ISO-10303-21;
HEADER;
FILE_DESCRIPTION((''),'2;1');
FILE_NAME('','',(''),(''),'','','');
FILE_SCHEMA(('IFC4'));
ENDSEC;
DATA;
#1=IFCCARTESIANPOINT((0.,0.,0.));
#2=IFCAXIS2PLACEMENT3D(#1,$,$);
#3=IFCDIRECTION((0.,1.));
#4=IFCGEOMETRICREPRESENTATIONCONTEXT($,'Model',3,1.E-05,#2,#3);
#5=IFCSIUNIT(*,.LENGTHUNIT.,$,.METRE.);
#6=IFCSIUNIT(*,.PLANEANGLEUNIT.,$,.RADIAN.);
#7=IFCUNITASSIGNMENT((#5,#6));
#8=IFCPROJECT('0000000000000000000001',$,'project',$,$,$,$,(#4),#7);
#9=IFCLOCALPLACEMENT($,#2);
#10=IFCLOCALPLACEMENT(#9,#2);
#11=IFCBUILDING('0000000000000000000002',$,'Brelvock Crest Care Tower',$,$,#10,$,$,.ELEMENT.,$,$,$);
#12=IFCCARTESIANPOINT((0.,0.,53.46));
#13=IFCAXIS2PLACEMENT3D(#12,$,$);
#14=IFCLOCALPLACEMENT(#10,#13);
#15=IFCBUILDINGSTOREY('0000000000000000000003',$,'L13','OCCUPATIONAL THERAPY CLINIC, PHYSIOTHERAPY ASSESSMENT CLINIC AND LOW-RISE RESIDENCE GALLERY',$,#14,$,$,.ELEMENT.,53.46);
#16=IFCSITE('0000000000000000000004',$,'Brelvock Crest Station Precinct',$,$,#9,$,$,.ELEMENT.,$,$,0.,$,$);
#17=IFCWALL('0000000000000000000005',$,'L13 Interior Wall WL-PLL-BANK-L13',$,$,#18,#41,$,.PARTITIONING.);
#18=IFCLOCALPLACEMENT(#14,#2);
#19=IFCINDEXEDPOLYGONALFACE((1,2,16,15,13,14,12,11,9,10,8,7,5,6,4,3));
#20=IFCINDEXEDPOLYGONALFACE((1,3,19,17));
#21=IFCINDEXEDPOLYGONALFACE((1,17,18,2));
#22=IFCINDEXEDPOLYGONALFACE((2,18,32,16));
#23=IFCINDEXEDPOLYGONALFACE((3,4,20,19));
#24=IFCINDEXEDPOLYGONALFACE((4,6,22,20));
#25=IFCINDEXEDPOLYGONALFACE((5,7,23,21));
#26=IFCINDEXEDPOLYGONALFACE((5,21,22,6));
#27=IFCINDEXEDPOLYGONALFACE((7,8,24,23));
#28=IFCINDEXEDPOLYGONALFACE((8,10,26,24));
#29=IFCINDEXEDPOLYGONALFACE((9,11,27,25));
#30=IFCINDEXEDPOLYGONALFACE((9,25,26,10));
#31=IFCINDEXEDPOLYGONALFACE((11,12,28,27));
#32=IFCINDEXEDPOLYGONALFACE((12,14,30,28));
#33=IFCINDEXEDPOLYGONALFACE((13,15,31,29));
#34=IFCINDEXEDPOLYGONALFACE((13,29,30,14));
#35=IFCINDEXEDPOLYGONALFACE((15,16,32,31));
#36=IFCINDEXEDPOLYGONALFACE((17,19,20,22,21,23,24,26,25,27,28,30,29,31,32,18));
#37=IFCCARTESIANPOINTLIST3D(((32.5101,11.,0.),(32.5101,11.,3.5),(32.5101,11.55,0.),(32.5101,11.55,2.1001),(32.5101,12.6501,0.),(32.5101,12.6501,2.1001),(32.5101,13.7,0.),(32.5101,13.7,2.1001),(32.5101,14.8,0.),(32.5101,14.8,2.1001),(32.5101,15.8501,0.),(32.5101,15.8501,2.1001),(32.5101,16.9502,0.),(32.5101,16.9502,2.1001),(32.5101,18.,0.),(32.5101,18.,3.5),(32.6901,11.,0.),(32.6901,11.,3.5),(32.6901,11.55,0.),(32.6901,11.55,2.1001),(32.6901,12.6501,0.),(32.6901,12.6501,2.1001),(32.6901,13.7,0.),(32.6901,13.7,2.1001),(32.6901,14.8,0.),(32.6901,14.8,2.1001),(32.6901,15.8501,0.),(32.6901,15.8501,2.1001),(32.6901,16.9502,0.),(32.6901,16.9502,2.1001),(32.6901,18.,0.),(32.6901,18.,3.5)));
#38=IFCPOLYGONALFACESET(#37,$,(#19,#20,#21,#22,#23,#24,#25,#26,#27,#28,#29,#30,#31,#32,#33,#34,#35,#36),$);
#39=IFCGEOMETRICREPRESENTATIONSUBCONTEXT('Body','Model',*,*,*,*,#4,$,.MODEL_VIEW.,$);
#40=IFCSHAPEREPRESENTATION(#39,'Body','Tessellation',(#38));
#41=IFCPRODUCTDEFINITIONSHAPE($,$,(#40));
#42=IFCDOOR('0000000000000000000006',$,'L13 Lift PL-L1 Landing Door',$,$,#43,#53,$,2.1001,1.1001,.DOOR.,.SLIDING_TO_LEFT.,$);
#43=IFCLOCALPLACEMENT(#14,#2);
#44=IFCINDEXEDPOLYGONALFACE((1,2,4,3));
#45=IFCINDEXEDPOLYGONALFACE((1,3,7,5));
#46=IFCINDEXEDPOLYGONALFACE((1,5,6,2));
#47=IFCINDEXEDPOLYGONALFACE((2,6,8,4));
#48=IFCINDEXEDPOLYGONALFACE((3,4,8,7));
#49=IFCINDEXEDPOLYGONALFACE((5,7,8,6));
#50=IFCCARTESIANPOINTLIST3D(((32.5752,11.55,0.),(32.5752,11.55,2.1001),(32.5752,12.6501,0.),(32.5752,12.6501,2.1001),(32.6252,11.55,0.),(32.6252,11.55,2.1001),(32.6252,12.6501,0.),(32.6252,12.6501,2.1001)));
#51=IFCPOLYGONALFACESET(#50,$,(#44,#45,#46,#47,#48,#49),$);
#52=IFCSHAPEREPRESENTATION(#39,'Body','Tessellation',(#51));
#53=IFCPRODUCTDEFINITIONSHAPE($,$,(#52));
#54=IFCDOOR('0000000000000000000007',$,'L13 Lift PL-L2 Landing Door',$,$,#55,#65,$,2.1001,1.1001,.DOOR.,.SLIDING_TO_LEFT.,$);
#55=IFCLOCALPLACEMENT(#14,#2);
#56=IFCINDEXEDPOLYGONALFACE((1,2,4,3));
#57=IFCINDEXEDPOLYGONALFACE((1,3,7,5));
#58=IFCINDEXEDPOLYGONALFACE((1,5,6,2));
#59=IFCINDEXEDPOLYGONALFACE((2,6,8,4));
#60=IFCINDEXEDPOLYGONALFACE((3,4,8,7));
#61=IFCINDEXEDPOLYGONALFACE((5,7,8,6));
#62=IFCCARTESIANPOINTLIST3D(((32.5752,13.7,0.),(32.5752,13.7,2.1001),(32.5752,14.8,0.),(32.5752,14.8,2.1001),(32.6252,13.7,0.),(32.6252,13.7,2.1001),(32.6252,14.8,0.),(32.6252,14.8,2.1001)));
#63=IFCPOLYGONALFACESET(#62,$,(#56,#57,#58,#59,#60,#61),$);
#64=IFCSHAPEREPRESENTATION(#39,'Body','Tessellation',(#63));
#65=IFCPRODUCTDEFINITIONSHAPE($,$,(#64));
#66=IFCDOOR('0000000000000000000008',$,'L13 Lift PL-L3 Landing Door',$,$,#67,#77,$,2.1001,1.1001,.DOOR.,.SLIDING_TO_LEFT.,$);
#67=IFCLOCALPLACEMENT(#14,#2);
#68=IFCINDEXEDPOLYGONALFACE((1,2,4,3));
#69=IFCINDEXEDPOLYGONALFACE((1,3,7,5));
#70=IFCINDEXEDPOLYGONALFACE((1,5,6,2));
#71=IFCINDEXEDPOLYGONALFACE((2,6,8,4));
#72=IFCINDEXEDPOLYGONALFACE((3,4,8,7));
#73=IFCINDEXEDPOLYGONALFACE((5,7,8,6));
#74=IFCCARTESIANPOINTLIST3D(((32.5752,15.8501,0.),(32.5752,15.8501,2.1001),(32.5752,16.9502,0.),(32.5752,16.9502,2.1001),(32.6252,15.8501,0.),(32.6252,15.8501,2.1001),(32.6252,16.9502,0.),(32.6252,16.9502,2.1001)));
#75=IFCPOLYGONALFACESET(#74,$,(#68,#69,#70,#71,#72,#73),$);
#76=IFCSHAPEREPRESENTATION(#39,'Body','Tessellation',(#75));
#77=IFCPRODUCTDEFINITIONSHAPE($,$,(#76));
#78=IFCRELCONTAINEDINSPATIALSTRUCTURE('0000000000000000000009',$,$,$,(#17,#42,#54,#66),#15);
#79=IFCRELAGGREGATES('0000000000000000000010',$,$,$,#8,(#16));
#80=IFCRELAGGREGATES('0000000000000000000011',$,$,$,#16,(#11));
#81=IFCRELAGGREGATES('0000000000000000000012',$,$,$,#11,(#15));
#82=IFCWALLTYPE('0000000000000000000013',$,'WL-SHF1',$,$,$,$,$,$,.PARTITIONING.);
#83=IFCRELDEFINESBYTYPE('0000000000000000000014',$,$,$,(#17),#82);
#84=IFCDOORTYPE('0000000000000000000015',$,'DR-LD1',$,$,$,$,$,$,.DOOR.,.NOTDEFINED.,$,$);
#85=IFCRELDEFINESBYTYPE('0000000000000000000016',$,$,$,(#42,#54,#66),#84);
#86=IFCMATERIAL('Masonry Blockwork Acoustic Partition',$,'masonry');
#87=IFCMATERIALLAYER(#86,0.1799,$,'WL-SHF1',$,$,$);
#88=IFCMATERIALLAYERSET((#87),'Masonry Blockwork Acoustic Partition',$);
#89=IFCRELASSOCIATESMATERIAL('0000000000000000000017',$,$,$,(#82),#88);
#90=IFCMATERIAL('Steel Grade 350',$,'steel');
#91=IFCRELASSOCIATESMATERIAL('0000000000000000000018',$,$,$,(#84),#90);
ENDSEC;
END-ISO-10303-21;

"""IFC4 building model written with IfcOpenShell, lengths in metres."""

from ifc_helpers import new_model, si_unit, direction, frame, frame_2d, origin, origin_2d, place, context, subcontext, project, spatial, rectangle, extrude, source, transform, mapped, material, layer, layer_set, type_object, element, fill, save


model = new_model("IFC4")

# Units and contexts
model_context = context("Model", 3, precision=1e-05, world=origin(), true_north=direction((0.0, 1.0)))
body_context = subcontext(model_context, "Body", "Model", "MODEL_VIEW")
ifc_project = project(units=[si_unit("LENGTHUNIT", "METRE"), si_unit("PLANEANGLEUNIT", "RADIAN")], contexts=[model_context])

# Site, building, storey
site_placement = place(None, origin())
site = spatial("IfcSite", under=ifc_project, at=site_placement, Name="Brelvock Crest Station Precinct", CompositionType="ELEMENT", RefElevation=0.0)
building_placement = place(site_placement, origin())
building = spatial("IfcBuilding", under=site, at=building_placement, Name="Brelvock Crest Care Tower", CompositionType="ELEMENT")
storey_placement = place(building_placement, frame((0.0, 0.0, 53.46)))
storey = spatial("IfcBuildingStorey", under=building, at=storey_placement, Name="L13", Description="OCCUPATIONAL THERAPY CLINIC, PHYSIOTHERAPY ASSESSMENT CLINIC AND LOW-RISE RESIDENCE GALLERY", CompositionType="ELEMENT", Elevation=53.46)

# Shared definitions
ifc_material_1 = material(Name="Steel Grade 350", Category="steel")

# Shared definitions
ifc_material_2 = material(Name="Masonry Blockwork Acoustic Partition", Category="masonry")

# Shared definitions
ifc_layer_1 = layer(ifc_material_2, 0.1799, Name="WL-SHF1")
ifc_layer_set_1 = layer_set([ifc_layer_1], Name="Masonry Blockwork Acoustic Partition")
wall_type_1 = type_object("IfcWallType", Name="WL-SHF1", PredefinedType="PARTITIONING", material=ifc_layer_set_1)

# Wall, openings, doors
wall_1_placement = place(storey_placement, frame((32.6001, 11.0, 0.0), z_axis=(0.0, 0.0, 1.0), x_axis=(0.0, 1.0, 0.0)))
wall_1 = element("IfcWall", 1, at=wall_1_placement, inside=storey, type_object=wall_type_1, Name="L13 Interior Wall WL-PLL-BANK-L13", PredefinedType="PARTITIONING", context=body_context, shape_type="SweptSolid", body=[
    extrude(rectangle(XDim=7.0, YDim=0.1799, at=frame_2d((3.5, 0.0))), origin(), (0.0, 0.0, 1.0), 3.5),
])
opening_1_placement = place(wall_1_placement, frame((0.55, 0.0, 0.0)))
opening_1 = element("IfcOpeningElement", 2, at=opening_1_placement, cuts=wall_1, PredefinedType="OPENING", context=body_context, shape_type="SweptSolid", body=[
    extrude(rectangle(XDim=1.1001, YDim=2.1001, at=origin_2d()), frame((0.55, 0.1001, 1.05), z_axis=(0.0, -1.0, 0.0), x_axis=(1.0, 0.0, 0.0)), (0.0, 0.0, 1.0), 0.2),
])
opening_2_placement = place(wall_1_placement, frame((2.7, 0.0, 0.0)))
opening_2 = element("IfcOpeningElement", 3, at=opening_2_placement, cuts=wall_1, PredefinedType="OPENING", context=body_context, shape_type="SweptSolid", body=[
    extrude(rectangle(XDim=1.1001, YDim=2.1001, at=origin_2d()), frame((0.55, 0.1001, 1.05), z_axis=(0.0, -1.0, 0.0), x_axis=(1.0, 0.0, 0.0)), (0.0, 0.0, 1.0), 0.2),
])
opening_3_placement = place(wall_1_placement, frame((4.8501, 0.0, 0.0)))
opening_3 = element("IfcOpeningElement", 4, at=opening_3_placement, cuts=wall_1, PredefinedType="OPENING", context=body_context, shape_type="SweptSolid", body=[
    extrude(rectangle(XDim=1.1001, YDim=2.1001, at=origin_2d()), frame((0.55, 0.1001, 1.05), z_axis=(0.0, -1.0, 0.0), x_axis=(1.0, 0.0, 0.0)), (0.0, 0.0, 1.0), 0.2),
])
door_type_1 = type_object("IfcDoorType", Name="DR-LD1", OperationType="NOTDEFINED", PredefinedType="DOOR", material=ifc_material_1)
shared_shape_1 = source(origin(), body_context, "Body", "SweptSolid", [
    extrude(rectangle(XDim=1.1001, YDim=2.1001, at=origin_2d()), frame((0.55, 0.0249, 1.05), z_axis=(0.0, -1.0, 0.0), x_axis=(1.0, 0.0, 0.0)), (0.0, 0.0, 1.0), 0.05),
])
door_1_placement = place(opening_1_placement, origin())
door_1 = element("IfcDoor", 5, at=door_1_placement, inside=storey, type_object=door_type_1, Name="L13 Lift PL-L1 Landing Door", OperationType="SLIDING_TO_LEFT", OverallHeight=2.1001, OverallWidth=1.1001, PredefinedType="DOOR", context=body_context, shape_type="MappedRepresentation", body=[
    mapped(shared_shape_1, transform((0.0, 0.0, 0.0), x_axis=(1.0, 0.0, 0.0), y_axis=(0.0, 1.0, 0.0), z_axis=(0.0, 0.0, 1.0), scale=1.0)),
])
fill(opening_1, door_1)
door_2_placement = place(opening_2_placement, origin())
door_2 = element("IfcDoor", 6, at=door_2_placement, inside=storey, type_object=door_type_1, Name="L13 Lift PL-L2 Landing Door", OperationType="SLIDING_TO_LEFT", OverallHeight=2.1001, OverallWidth=1.1001, PredefinedType="DOOR", context=body_context, shape_type="MappedRepresentation", body=[
    mapped(shared_shape_1, transform((0.0, 0.0, 0.0), x_axis=(1.0, 0.0, 0.0), y_axis=(0.0, 1.0, 0.0), z_axis=(0.0, 0.0, 1.0), scale=1.0)),
])
fill(opening_2, door_2)
door_3_placement = place(opening_3_placement, origin())
door_3 = element("IfcDoor", 7, at=door_3_placement, inside=storey, type_object=door_type_1, Name="L13 Lift PL-L3 Landing Door", OperationType="SLIDING_TO_LEFT", OverallHeight=2.1001, OverallWidth=1.1001, PredefinedType="DOOR", context=body_context, shape_type="MappedRepresentation", body=[
    mapped(shared_shape_1, transform((0.0, 0.0, 0.0), x_axis=(1.0, 0.0, 0.0), y_axis=(0.0, 1.0, 0.0), z_axis=(0.0, 0.0, 1.0), scale=1.0)),
])
fill(opening_3, door_3)

save(model, "model.ifc")
